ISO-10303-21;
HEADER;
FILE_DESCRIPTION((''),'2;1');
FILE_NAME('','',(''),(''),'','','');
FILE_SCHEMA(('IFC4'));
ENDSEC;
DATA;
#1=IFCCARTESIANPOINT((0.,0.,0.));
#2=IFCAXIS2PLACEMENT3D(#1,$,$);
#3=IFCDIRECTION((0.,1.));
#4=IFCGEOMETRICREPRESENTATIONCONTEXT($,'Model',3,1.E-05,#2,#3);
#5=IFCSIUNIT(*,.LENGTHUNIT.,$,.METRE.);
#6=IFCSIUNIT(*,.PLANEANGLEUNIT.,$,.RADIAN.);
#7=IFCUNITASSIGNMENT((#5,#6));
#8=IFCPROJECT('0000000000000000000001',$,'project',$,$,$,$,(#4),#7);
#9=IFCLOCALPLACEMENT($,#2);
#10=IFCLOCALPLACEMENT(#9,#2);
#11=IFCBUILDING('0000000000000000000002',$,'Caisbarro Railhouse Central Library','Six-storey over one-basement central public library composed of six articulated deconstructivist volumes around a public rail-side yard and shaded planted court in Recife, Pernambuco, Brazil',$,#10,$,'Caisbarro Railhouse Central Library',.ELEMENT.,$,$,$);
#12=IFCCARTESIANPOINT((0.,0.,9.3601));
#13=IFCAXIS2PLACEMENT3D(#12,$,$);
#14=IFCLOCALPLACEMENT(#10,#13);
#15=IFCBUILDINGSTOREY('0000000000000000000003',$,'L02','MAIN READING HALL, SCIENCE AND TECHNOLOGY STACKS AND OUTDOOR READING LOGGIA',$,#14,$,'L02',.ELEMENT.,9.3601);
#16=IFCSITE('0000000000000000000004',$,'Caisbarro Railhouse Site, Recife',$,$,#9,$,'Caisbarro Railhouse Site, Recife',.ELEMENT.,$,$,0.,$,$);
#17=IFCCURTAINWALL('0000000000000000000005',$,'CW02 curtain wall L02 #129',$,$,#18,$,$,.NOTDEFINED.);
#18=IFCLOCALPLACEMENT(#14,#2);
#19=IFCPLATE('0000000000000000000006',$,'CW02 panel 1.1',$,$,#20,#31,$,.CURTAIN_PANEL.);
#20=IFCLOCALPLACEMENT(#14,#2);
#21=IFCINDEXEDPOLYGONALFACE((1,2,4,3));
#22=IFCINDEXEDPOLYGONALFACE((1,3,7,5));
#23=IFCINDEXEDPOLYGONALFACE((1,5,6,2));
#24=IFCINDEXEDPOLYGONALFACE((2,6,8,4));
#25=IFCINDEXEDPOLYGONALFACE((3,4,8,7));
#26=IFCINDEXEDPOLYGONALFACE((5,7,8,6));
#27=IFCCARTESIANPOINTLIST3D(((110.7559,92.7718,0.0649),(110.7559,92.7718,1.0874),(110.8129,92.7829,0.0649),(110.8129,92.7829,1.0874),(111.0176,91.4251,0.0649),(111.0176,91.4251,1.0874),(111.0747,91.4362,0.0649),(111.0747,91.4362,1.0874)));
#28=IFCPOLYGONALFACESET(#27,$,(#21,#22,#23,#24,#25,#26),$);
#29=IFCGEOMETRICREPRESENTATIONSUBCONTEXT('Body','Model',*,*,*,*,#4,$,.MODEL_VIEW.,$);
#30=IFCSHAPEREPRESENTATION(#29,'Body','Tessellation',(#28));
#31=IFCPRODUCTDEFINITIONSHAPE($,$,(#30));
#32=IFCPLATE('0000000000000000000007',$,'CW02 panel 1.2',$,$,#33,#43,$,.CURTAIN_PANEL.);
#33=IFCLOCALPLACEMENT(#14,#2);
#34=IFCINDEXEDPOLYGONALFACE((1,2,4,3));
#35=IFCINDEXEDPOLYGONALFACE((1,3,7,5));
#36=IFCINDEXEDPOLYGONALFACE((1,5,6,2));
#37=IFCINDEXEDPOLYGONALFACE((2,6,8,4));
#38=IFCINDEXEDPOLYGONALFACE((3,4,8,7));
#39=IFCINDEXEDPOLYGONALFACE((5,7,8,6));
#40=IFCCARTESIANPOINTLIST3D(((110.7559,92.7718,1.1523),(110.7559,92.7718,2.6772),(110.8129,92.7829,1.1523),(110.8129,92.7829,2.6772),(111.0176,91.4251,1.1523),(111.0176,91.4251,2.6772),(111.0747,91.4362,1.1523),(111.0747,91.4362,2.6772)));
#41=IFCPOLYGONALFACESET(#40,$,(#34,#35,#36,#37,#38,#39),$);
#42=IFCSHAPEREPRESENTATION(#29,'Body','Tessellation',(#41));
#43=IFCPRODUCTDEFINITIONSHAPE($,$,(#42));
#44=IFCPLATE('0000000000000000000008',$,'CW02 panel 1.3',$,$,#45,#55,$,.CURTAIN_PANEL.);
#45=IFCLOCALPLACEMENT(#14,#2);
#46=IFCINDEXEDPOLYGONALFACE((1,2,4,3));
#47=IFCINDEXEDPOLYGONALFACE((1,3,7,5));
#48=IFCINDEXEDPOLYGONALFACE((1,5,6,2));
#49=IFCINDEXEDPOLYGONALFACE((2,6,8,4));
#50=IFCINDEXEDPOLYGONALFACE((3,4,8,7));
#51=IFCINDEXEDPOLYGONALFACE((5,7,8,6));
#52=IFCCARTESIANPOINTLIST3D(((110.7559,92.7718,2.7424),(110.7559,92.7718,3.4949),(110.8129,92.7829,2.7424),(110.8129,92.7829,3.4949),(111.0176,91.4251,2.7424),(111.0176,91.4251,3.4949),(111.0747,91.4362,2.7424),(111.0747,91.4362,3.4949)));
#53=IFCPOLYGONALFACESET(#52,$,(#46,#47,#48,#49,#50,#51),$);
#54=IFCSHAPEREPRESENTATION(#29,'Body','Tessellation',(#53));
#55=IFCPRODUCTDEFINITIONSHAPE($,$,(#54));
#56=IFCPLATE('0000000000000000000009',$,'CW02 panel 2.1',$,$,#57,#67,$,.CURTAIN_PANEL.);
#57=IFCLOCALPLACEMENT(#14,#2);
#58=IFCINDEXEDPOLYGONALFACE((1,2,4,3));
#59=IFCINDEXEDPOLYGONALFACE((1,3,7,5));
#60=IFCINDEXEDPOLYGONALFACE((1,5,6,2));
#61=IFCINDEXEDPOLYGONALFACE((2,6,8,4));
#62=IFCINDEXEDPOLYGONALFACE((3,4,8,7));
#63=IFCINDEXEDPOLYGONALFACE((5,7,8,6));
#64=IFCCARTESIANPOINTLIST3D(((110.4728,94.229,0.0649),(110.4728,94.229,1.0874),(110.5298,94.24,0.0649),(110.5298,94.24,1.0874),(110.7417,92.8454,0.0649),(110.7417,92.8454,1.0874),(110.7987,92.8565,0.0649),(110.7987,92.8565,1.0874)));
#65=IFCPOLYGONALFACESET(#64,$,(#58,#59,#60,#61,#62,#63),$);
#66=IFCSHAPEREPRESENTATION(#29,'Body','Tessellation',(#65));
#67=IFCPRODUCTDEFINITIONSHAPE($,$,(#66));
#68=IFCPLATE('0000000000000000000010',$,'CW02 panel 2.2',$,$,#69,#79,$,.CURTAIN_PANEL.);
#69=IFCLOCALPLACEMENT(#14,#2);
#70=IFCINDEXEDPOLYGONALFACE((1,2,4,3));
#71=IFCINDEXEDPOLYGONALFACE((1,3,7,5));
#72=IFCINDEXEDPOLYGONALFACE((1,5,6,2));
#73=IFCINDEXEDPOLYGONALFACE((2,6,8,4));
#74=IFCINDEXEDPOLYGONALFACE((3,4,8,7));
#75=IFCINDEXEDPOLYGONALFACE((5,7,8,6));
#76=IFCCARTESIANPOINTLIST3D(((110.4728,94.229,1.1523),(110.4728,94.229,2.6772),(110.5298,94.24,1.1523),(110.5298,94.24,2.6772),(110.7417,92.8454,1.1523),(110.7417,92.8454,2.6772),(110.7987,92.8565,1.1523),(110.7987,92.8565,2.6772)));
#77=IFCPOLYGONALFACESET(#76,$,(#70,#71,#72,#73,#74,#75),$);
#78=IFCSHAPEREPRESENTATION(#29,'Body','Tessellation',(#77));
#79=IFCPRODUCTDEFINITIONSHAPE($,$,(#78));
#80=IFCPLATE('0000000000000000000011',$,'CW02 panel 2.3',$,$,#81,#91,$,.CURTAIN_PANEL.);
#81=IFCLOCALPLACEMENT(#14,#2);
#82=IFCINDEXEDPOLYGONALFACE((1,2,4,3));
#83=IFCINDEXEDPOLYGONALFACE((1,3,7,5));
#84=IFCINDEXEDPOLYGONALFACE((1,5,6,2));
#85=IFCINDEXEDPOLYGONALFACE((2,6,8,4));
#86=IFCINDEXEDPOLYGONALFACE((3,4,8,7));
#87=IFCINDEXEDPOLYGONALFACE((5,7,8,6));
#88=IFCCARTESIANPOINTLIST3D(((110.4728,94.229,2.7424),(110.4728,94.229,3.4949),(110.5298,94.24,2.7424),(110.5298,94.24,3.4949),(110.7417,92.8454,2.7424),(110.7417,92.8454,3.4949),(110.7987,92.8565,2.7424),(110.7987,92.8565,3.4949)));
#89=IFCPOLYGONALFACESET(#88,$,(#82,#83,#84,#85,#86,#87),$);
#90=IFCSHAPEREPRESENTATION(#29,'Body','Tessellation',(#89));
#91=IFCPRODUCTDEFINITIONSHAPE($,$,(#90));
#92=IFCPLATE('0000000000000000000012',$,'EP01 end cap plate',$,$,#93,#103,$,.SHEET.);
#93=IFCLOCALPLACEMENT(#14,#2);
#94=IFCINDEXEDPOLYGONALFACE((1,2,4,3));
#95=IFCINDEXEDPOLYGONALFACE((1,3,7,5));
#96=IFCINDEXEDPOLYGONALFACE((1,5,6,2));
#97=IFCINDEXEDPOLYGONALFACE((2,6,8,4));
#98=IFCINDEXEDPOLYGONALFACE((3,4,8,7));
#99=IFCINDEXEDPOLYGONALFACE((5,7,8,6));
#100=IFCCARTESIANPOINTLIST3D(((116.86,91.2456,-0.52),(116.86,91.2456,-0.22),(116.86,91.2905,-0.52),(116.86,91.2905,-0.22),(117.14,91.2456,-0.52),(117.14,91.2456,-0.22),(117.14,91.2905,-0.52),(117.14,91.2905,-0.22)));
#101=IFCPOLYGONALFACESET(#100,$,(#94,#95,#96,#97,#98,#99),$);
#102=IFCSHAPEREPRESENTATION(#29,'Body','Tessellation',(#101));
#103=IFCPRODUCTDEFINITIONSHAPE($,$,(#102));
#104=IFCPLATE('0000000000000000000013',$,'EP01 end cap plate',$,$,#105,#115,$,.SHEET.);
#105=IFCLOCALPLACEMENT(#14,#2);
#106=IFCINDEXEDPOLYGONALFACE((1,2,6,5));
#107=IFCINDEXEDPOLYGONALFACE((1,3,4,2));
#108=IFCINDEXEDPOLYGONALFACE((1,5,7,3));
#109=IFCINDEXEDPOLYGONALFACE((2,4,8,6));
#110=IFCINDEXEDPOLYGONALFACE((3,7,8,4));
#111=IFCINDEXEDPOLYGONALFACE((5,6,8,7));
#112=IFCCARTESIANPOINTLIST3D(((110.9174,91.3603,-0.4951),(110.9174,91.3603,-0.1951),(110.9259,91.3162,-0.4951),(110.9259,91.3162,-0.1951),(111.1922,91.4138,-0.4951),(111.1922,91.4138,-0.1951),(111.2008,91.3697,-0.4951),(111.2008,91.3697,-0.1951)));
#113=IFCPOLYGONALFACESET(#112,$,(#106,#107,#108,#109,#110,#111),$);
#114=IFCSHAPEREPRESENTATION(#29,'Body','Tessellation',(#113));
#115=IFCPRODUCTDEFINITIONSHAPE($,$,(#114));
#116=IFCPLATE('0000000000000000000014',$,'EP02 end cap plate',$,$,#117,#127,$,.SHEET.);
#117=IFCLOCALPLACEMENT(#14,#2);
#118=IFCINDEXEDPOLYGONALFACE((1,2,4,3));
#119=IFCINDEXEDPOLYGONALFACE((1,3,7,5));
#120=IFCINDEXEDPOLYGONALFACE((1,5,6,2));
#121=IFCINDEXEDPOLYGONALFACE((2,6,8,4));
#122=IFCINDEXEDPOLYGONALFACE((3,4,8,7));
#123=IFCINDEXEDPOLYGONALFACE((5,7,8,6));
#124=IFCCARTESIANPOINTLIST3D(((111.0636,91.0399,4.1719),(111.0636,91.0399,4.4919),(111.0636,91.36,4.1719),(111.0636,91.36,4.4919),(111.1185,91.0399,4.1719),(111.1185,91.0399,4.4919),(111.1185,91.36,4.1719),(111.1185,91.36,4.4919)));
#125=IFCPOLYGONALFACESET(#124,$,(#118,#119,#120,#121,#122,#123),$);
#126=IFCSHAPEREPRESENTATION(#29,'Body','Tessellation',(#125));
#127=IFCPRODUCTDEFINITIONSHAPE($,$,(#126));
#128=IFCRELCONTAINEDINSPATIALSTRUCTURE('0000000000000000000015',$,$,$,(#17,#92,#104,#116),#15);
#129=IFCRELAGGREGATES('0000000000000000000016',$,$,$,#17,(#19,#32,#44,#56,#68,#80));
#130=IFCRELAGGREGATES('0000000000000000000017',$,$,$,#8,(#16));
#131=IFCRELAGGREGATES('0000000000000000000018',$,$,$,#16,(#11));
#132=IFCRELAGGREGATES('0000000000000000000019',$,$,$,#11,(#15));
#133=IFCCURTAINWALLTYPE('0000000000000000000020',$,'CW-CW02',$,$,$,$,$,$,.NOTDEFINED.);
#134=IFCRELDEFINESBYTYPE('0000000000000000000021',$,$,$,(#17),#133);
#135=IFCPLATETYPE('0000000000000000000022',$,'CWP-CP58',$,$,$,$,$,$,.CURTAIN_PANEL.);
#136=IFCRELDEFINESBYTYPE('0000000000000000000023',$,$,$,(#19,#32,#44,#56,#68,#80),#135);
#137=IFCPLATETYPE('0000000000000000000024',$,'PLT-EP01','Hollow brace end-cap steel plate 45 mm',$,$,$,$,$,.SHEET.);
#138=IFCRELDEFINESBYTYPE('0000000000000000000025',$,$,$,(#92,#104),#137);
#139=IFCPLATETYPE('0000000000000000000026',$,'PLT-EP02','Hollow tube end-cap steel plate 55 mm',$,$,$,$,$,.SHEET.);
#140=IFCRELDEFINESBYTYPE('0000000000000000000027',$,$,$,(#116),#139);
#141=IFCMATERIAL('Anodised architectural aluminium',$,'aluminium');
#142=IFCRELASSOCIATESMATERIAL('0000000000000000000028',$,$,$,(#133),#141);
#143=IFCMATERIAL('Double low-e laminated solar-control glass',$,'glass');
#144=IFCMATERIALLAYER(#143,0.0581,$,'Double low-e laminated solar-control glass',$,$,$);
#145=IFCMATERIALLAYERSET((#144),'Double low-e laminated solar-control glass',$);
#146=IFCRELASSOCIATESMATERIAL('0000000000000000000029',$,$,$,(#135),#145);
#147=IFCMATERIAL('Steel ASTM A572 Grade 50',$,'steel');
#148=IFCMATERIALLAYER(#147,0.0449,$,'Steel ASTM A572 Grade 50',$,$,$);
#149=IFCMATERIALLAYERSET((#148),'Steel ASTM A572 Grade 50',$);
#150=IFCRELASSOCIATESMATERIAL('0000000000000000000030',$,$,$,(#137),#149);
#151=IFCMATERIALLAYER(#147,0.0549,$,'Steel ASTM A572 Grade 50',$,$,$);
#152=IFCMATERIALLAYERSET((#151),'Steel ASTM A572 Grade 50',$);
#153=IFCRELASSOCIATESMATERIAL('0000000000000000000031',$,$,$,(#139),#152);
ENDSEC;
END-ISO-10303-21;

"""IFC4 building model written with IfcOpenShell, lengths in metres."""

from ifc_helpers import new_model, si_unit, direction, frame, origin, origin_2d, place, context, subcontext, project, spatial, rectangle, extrude, material, layer, layer_set, type_object, element, aggregate, save


model = new_model("IFC4")

# Units and contexts
model_context = context("Model", 3, precision=1e-05, world=origin(), true_north=direction((0.0, 1.0)))
body_context = subcontext(model_context, "Body", "Model", "MODEL_VIEW")
ifc_project = project(units=[si_unit("LENGTHUNIT", "METRE"), si_unit("PLANEANGLEUNIT", "RADIAN")], contexts=[model_context])

# Site, building, storey
site_placement = place(None, origin())
site = spatial("IfcSite", under=ifc_project, at=site_placement, Name="Caisbarro Railhouse Site, Recife", LongName="Caisbarro Railhouse Site, Recife", CompositionType="ELEMENT", RefElevation=0.0)
building_placement = place(site_placement, origin())
building = spatial("IfcBuilding", under=site, at=building_placement, Name="Caisbarro Railhouse Central Library", Description="Six-storey over one-basement central public library composed of six articulated deconstructivist volumes around a public rail-side yard and shaded planted court in Recife, Pernambuco, Brazil", LongName="Caisbarro Railhouse Central Library", CompositionType="ELEMENT")
storey_placement = place(building_placement, frame((0.0, 0.0, 9.3601)))
storey = spatial("IfcBuildingStorey", under=building, at=storey_placement, Name="L02", Description="MAIN READING HALL, SCIENCE AND TECHNOLOGY STACKS AND OUTDOOR READING LOGGIA", LongName="L02", CompositionType="ELEMENT", Elevation=9.3601)

# Shared definitions
ifc_material_1 = material(Name="Steel ASTM A572 Grade 50", Category="steel")

# Curtain wall
ifc_material_2 = material(Name="Anodised architectural aluminium", Category="aluminium")
curtain_wall_type_1 = type_object("IfcCurtainWallType", Name="CW-CW02", PredefinedType="NOTDEFINED", material=ifc_material_2)
curtain_wall_1_placement = place(storey_placement, origin())
curtain_wall_1 = element("IfcCurtainWall", 1, at=curtain_wall_1_placement, inside=storey, type_object=curtain_wall_type_1, Name="CW02 curtain wall L02 #129", PredefinedType="NOTDEFINED")

# Plates
ifc_material_3 = material(Name="Double low-e laminated solar-control glass", Category="glass")
ifc_layer_1 = layer(ifc_material_3, 0.0581, Name="Double low-e laminated solar-control glass")
ifc_layer_set_1 = layer_set([ifc_layer_1], Name="Double low-e laminated solar-control glass")
plate_type_1 = type_object("IfcPlateType", Name="CWP-CP58", PredefinedType="CURTAIN_PANEL", material=ifc_layer_set_1)
plate_1_placement = place(storey_placement, frame((110.9153, 92.104, 0.0649), z_axis=(0.0, 0.0, 1.0), x_axis=(-0.190781, 0.981633, 0.0)))
plate_1 = element("IfcPlate", 2, at=plate_1_placement, type_object=plate_type_1, Name="CW02 panel 1.1", PredefinedType="CURTAIN_PANEL", context=body_context, shape_type="SweptSolid", body=[
    extrude(rectangle(XDim=1.3718, YDim=0.0581, at=origin_2d()), origin(), (0.0, 0.0, 1.0), 1.0225),
])
plate_2_placement = place(storey_placement, frame((110.9153, 92.104, 1.1523), z_axis=(0.0, 0.0, 1.0), x_axis=(-0.190781, 0.981633, 0.0)))
plate_2 = element("IfcPlate", 3, at=plate_2_placement, type_object=plate_type_1, Name="CW02 panel 1.2", PredefinedType="CURTAIN_PANEL", context=body_context, shape_type="SweptSolid", body=[
    extrude(rectangle(XDim=1.3718, YDim=0.0581, at=origin_2d()), origin(), (0.0, 0.0, 1.0), 1.5249),
])
plate_3_placement = place(storey_placement, frame((110.9153, 92.104, 2.7424), z_axis=(0.0, 0.0, 1.0), x_axis=(-0.190781, 0.981633, 0.0)))
plate_3 = element("IfcPlate", 4, at=plate_3_placement, type_object=plate_type_1, Name="CW02 panel 1.3", PredefinedType="CURTAIN_PANEL", context=body_context, shape_type="SweptSolid", body=[
    extrude(rectangle(XDim=1.3718, YDim=0.0581, at=origin_2d()), origin(), (0.0, 0.0, 1.0), 0.7524),
])
plate_4_placement = place(storey_placement, frame((110.6357, 93.5427, 0.0649), z_axis=(0.0, 0.0, 1.0), x_axis=(-0.190781, 0.981633, 0.0)))
plate_4 = element("IfcPlate", 5, at=plate_4_placement, type_object=plate_type_1, Name="CW02 panel 2.1", PredefinedType="CURTAIN_PANEL", context=body_context, shape_type="SweptSolid", body=[
    extrude(rectangle(XDim=1.4094, YDim=0.0581, at=origin_2d()), origin(), (0.0, 0.0, 1.0), 1.0225),
])
plate_5_placement = place(storey_placement, frame((110.6357, 93.5427, 1.1523), z_axis=(0.0, 0.0, 1.0), x_axis=(-0.190781, 0.981633, 0.0)))
plate_5 = element("IfcPlate", 6, at=plate_5_placement, type_object=plate_type_1, Name="CW02 panel 2.2", PredefinedType="CURTAIN_PANEL", context=body_context, shape_type="SweptSolid", body=[
    extrude(rectangle(XDim=1.4094, YDim=0.0581, at=origin_2d()), origin(), (0.0, 0.0, 1.0), 1.5249),
])
plate_6_placement = place(storey_placement, frame((110.6357, 93.5427, 2.7424), z_axis=(0.0, 0.0, 1.0), x_axis=(-0.190781, 0.981633, 0.0)))
plate_6 = element("IfcPlate", 7, at=plate_6_placement, type_object=plate_type_1, Name="CW02 panel 2.3", PredefinedType="CURTAIN_PANEL", context=body_context, shape_type="SweptSolid", body=[
    extrude(rectangle(XDim=1.4094, YDim=0.0581, at=origin_2d()), origin(), (0.0, 0.0, 1.0), 0.7524),
])
aggregate(curtain_wall_1, [plate_1, plate_2, plate_3, plate_4, plate_5, plate_6])

# Plates
ifc_layer_2 = layer(ifc_material_1, 0.0449, Name="Steel ASTM A572 Grade 50")
ifc_layer_set_2 = layer_set([ifc_layer_2], Name="Steel ASTM A572 Grade 50")
plate_type_2 = type_object("IfcPlateType", Name="PLT-EP01", Description="Hollow brace end-cap steel plate 45 mm", PredefinedType="SHEET", material=ifc_layer_set_2)
for number, where, z_axis, x_axis, name in (
    (8, (117.0, 91.2681, -0.52), (0.0, 0.0, 1.0), (0.0, 1.0, 0.0), "EP01 end cap plate"),
    (9, (111.0591, 91.365, -0.4951), (0.0, 0.0, 1.0), (-0.190809, 0.981627, 0.0), "EP01 end cap plate"),
):
    element("IfcPlate", number, at=place(storey_placement, frame(where, z_axis=z_axis, x_axis=x_axis)), inside=storey, type_object=plate_type_2, Name=name, PredefinedType="SHEET", context=body_context, shape_type="SweptSolid", body=[
        extrude(rectangle(XDim=0.0449, YDim=0.28, at=origin_2d()), origin(), (0.0, 0.0, 1.0), 0.3),
    ])
ifc_layer_3 = layer(ifc_material_1, 0.0549, Name="Steel ASTM A572 Grade 50")
ifc_layer_set_3 = layer_set([ifc_layer_3], Name="Steel ASTM A572 Grade 50")
plate_type_3 = type_object("IfcPlateType", Name="PLT-EP02", Description="Hollow tube end-cap steel plate 55 mm", PredefinedType="SHEET", material=ifc_layer_set_3)
plate_7_placement = place(storey_placement, frame((111.0911, 91.2, 4.1719), z_axis=(0.0, 0.0, 1.0), x_axis=(1.0, 0.0, 0.0)))
element("IfcPlate", 10, at=plate_7_placement, inside=storey, type_object=plate_type_3, Name="EP02 end cap plate", PredefinedType="SHEET", context=body_context, shape_type="SweptSolid", body=[
    extrude(rectangle(XDim=0.0549, YDim=0.3201, at=origin_2d()), origin(), (0.0, 0.0, 1.0), 0.3201),
])

save(model, "model.ifc")
